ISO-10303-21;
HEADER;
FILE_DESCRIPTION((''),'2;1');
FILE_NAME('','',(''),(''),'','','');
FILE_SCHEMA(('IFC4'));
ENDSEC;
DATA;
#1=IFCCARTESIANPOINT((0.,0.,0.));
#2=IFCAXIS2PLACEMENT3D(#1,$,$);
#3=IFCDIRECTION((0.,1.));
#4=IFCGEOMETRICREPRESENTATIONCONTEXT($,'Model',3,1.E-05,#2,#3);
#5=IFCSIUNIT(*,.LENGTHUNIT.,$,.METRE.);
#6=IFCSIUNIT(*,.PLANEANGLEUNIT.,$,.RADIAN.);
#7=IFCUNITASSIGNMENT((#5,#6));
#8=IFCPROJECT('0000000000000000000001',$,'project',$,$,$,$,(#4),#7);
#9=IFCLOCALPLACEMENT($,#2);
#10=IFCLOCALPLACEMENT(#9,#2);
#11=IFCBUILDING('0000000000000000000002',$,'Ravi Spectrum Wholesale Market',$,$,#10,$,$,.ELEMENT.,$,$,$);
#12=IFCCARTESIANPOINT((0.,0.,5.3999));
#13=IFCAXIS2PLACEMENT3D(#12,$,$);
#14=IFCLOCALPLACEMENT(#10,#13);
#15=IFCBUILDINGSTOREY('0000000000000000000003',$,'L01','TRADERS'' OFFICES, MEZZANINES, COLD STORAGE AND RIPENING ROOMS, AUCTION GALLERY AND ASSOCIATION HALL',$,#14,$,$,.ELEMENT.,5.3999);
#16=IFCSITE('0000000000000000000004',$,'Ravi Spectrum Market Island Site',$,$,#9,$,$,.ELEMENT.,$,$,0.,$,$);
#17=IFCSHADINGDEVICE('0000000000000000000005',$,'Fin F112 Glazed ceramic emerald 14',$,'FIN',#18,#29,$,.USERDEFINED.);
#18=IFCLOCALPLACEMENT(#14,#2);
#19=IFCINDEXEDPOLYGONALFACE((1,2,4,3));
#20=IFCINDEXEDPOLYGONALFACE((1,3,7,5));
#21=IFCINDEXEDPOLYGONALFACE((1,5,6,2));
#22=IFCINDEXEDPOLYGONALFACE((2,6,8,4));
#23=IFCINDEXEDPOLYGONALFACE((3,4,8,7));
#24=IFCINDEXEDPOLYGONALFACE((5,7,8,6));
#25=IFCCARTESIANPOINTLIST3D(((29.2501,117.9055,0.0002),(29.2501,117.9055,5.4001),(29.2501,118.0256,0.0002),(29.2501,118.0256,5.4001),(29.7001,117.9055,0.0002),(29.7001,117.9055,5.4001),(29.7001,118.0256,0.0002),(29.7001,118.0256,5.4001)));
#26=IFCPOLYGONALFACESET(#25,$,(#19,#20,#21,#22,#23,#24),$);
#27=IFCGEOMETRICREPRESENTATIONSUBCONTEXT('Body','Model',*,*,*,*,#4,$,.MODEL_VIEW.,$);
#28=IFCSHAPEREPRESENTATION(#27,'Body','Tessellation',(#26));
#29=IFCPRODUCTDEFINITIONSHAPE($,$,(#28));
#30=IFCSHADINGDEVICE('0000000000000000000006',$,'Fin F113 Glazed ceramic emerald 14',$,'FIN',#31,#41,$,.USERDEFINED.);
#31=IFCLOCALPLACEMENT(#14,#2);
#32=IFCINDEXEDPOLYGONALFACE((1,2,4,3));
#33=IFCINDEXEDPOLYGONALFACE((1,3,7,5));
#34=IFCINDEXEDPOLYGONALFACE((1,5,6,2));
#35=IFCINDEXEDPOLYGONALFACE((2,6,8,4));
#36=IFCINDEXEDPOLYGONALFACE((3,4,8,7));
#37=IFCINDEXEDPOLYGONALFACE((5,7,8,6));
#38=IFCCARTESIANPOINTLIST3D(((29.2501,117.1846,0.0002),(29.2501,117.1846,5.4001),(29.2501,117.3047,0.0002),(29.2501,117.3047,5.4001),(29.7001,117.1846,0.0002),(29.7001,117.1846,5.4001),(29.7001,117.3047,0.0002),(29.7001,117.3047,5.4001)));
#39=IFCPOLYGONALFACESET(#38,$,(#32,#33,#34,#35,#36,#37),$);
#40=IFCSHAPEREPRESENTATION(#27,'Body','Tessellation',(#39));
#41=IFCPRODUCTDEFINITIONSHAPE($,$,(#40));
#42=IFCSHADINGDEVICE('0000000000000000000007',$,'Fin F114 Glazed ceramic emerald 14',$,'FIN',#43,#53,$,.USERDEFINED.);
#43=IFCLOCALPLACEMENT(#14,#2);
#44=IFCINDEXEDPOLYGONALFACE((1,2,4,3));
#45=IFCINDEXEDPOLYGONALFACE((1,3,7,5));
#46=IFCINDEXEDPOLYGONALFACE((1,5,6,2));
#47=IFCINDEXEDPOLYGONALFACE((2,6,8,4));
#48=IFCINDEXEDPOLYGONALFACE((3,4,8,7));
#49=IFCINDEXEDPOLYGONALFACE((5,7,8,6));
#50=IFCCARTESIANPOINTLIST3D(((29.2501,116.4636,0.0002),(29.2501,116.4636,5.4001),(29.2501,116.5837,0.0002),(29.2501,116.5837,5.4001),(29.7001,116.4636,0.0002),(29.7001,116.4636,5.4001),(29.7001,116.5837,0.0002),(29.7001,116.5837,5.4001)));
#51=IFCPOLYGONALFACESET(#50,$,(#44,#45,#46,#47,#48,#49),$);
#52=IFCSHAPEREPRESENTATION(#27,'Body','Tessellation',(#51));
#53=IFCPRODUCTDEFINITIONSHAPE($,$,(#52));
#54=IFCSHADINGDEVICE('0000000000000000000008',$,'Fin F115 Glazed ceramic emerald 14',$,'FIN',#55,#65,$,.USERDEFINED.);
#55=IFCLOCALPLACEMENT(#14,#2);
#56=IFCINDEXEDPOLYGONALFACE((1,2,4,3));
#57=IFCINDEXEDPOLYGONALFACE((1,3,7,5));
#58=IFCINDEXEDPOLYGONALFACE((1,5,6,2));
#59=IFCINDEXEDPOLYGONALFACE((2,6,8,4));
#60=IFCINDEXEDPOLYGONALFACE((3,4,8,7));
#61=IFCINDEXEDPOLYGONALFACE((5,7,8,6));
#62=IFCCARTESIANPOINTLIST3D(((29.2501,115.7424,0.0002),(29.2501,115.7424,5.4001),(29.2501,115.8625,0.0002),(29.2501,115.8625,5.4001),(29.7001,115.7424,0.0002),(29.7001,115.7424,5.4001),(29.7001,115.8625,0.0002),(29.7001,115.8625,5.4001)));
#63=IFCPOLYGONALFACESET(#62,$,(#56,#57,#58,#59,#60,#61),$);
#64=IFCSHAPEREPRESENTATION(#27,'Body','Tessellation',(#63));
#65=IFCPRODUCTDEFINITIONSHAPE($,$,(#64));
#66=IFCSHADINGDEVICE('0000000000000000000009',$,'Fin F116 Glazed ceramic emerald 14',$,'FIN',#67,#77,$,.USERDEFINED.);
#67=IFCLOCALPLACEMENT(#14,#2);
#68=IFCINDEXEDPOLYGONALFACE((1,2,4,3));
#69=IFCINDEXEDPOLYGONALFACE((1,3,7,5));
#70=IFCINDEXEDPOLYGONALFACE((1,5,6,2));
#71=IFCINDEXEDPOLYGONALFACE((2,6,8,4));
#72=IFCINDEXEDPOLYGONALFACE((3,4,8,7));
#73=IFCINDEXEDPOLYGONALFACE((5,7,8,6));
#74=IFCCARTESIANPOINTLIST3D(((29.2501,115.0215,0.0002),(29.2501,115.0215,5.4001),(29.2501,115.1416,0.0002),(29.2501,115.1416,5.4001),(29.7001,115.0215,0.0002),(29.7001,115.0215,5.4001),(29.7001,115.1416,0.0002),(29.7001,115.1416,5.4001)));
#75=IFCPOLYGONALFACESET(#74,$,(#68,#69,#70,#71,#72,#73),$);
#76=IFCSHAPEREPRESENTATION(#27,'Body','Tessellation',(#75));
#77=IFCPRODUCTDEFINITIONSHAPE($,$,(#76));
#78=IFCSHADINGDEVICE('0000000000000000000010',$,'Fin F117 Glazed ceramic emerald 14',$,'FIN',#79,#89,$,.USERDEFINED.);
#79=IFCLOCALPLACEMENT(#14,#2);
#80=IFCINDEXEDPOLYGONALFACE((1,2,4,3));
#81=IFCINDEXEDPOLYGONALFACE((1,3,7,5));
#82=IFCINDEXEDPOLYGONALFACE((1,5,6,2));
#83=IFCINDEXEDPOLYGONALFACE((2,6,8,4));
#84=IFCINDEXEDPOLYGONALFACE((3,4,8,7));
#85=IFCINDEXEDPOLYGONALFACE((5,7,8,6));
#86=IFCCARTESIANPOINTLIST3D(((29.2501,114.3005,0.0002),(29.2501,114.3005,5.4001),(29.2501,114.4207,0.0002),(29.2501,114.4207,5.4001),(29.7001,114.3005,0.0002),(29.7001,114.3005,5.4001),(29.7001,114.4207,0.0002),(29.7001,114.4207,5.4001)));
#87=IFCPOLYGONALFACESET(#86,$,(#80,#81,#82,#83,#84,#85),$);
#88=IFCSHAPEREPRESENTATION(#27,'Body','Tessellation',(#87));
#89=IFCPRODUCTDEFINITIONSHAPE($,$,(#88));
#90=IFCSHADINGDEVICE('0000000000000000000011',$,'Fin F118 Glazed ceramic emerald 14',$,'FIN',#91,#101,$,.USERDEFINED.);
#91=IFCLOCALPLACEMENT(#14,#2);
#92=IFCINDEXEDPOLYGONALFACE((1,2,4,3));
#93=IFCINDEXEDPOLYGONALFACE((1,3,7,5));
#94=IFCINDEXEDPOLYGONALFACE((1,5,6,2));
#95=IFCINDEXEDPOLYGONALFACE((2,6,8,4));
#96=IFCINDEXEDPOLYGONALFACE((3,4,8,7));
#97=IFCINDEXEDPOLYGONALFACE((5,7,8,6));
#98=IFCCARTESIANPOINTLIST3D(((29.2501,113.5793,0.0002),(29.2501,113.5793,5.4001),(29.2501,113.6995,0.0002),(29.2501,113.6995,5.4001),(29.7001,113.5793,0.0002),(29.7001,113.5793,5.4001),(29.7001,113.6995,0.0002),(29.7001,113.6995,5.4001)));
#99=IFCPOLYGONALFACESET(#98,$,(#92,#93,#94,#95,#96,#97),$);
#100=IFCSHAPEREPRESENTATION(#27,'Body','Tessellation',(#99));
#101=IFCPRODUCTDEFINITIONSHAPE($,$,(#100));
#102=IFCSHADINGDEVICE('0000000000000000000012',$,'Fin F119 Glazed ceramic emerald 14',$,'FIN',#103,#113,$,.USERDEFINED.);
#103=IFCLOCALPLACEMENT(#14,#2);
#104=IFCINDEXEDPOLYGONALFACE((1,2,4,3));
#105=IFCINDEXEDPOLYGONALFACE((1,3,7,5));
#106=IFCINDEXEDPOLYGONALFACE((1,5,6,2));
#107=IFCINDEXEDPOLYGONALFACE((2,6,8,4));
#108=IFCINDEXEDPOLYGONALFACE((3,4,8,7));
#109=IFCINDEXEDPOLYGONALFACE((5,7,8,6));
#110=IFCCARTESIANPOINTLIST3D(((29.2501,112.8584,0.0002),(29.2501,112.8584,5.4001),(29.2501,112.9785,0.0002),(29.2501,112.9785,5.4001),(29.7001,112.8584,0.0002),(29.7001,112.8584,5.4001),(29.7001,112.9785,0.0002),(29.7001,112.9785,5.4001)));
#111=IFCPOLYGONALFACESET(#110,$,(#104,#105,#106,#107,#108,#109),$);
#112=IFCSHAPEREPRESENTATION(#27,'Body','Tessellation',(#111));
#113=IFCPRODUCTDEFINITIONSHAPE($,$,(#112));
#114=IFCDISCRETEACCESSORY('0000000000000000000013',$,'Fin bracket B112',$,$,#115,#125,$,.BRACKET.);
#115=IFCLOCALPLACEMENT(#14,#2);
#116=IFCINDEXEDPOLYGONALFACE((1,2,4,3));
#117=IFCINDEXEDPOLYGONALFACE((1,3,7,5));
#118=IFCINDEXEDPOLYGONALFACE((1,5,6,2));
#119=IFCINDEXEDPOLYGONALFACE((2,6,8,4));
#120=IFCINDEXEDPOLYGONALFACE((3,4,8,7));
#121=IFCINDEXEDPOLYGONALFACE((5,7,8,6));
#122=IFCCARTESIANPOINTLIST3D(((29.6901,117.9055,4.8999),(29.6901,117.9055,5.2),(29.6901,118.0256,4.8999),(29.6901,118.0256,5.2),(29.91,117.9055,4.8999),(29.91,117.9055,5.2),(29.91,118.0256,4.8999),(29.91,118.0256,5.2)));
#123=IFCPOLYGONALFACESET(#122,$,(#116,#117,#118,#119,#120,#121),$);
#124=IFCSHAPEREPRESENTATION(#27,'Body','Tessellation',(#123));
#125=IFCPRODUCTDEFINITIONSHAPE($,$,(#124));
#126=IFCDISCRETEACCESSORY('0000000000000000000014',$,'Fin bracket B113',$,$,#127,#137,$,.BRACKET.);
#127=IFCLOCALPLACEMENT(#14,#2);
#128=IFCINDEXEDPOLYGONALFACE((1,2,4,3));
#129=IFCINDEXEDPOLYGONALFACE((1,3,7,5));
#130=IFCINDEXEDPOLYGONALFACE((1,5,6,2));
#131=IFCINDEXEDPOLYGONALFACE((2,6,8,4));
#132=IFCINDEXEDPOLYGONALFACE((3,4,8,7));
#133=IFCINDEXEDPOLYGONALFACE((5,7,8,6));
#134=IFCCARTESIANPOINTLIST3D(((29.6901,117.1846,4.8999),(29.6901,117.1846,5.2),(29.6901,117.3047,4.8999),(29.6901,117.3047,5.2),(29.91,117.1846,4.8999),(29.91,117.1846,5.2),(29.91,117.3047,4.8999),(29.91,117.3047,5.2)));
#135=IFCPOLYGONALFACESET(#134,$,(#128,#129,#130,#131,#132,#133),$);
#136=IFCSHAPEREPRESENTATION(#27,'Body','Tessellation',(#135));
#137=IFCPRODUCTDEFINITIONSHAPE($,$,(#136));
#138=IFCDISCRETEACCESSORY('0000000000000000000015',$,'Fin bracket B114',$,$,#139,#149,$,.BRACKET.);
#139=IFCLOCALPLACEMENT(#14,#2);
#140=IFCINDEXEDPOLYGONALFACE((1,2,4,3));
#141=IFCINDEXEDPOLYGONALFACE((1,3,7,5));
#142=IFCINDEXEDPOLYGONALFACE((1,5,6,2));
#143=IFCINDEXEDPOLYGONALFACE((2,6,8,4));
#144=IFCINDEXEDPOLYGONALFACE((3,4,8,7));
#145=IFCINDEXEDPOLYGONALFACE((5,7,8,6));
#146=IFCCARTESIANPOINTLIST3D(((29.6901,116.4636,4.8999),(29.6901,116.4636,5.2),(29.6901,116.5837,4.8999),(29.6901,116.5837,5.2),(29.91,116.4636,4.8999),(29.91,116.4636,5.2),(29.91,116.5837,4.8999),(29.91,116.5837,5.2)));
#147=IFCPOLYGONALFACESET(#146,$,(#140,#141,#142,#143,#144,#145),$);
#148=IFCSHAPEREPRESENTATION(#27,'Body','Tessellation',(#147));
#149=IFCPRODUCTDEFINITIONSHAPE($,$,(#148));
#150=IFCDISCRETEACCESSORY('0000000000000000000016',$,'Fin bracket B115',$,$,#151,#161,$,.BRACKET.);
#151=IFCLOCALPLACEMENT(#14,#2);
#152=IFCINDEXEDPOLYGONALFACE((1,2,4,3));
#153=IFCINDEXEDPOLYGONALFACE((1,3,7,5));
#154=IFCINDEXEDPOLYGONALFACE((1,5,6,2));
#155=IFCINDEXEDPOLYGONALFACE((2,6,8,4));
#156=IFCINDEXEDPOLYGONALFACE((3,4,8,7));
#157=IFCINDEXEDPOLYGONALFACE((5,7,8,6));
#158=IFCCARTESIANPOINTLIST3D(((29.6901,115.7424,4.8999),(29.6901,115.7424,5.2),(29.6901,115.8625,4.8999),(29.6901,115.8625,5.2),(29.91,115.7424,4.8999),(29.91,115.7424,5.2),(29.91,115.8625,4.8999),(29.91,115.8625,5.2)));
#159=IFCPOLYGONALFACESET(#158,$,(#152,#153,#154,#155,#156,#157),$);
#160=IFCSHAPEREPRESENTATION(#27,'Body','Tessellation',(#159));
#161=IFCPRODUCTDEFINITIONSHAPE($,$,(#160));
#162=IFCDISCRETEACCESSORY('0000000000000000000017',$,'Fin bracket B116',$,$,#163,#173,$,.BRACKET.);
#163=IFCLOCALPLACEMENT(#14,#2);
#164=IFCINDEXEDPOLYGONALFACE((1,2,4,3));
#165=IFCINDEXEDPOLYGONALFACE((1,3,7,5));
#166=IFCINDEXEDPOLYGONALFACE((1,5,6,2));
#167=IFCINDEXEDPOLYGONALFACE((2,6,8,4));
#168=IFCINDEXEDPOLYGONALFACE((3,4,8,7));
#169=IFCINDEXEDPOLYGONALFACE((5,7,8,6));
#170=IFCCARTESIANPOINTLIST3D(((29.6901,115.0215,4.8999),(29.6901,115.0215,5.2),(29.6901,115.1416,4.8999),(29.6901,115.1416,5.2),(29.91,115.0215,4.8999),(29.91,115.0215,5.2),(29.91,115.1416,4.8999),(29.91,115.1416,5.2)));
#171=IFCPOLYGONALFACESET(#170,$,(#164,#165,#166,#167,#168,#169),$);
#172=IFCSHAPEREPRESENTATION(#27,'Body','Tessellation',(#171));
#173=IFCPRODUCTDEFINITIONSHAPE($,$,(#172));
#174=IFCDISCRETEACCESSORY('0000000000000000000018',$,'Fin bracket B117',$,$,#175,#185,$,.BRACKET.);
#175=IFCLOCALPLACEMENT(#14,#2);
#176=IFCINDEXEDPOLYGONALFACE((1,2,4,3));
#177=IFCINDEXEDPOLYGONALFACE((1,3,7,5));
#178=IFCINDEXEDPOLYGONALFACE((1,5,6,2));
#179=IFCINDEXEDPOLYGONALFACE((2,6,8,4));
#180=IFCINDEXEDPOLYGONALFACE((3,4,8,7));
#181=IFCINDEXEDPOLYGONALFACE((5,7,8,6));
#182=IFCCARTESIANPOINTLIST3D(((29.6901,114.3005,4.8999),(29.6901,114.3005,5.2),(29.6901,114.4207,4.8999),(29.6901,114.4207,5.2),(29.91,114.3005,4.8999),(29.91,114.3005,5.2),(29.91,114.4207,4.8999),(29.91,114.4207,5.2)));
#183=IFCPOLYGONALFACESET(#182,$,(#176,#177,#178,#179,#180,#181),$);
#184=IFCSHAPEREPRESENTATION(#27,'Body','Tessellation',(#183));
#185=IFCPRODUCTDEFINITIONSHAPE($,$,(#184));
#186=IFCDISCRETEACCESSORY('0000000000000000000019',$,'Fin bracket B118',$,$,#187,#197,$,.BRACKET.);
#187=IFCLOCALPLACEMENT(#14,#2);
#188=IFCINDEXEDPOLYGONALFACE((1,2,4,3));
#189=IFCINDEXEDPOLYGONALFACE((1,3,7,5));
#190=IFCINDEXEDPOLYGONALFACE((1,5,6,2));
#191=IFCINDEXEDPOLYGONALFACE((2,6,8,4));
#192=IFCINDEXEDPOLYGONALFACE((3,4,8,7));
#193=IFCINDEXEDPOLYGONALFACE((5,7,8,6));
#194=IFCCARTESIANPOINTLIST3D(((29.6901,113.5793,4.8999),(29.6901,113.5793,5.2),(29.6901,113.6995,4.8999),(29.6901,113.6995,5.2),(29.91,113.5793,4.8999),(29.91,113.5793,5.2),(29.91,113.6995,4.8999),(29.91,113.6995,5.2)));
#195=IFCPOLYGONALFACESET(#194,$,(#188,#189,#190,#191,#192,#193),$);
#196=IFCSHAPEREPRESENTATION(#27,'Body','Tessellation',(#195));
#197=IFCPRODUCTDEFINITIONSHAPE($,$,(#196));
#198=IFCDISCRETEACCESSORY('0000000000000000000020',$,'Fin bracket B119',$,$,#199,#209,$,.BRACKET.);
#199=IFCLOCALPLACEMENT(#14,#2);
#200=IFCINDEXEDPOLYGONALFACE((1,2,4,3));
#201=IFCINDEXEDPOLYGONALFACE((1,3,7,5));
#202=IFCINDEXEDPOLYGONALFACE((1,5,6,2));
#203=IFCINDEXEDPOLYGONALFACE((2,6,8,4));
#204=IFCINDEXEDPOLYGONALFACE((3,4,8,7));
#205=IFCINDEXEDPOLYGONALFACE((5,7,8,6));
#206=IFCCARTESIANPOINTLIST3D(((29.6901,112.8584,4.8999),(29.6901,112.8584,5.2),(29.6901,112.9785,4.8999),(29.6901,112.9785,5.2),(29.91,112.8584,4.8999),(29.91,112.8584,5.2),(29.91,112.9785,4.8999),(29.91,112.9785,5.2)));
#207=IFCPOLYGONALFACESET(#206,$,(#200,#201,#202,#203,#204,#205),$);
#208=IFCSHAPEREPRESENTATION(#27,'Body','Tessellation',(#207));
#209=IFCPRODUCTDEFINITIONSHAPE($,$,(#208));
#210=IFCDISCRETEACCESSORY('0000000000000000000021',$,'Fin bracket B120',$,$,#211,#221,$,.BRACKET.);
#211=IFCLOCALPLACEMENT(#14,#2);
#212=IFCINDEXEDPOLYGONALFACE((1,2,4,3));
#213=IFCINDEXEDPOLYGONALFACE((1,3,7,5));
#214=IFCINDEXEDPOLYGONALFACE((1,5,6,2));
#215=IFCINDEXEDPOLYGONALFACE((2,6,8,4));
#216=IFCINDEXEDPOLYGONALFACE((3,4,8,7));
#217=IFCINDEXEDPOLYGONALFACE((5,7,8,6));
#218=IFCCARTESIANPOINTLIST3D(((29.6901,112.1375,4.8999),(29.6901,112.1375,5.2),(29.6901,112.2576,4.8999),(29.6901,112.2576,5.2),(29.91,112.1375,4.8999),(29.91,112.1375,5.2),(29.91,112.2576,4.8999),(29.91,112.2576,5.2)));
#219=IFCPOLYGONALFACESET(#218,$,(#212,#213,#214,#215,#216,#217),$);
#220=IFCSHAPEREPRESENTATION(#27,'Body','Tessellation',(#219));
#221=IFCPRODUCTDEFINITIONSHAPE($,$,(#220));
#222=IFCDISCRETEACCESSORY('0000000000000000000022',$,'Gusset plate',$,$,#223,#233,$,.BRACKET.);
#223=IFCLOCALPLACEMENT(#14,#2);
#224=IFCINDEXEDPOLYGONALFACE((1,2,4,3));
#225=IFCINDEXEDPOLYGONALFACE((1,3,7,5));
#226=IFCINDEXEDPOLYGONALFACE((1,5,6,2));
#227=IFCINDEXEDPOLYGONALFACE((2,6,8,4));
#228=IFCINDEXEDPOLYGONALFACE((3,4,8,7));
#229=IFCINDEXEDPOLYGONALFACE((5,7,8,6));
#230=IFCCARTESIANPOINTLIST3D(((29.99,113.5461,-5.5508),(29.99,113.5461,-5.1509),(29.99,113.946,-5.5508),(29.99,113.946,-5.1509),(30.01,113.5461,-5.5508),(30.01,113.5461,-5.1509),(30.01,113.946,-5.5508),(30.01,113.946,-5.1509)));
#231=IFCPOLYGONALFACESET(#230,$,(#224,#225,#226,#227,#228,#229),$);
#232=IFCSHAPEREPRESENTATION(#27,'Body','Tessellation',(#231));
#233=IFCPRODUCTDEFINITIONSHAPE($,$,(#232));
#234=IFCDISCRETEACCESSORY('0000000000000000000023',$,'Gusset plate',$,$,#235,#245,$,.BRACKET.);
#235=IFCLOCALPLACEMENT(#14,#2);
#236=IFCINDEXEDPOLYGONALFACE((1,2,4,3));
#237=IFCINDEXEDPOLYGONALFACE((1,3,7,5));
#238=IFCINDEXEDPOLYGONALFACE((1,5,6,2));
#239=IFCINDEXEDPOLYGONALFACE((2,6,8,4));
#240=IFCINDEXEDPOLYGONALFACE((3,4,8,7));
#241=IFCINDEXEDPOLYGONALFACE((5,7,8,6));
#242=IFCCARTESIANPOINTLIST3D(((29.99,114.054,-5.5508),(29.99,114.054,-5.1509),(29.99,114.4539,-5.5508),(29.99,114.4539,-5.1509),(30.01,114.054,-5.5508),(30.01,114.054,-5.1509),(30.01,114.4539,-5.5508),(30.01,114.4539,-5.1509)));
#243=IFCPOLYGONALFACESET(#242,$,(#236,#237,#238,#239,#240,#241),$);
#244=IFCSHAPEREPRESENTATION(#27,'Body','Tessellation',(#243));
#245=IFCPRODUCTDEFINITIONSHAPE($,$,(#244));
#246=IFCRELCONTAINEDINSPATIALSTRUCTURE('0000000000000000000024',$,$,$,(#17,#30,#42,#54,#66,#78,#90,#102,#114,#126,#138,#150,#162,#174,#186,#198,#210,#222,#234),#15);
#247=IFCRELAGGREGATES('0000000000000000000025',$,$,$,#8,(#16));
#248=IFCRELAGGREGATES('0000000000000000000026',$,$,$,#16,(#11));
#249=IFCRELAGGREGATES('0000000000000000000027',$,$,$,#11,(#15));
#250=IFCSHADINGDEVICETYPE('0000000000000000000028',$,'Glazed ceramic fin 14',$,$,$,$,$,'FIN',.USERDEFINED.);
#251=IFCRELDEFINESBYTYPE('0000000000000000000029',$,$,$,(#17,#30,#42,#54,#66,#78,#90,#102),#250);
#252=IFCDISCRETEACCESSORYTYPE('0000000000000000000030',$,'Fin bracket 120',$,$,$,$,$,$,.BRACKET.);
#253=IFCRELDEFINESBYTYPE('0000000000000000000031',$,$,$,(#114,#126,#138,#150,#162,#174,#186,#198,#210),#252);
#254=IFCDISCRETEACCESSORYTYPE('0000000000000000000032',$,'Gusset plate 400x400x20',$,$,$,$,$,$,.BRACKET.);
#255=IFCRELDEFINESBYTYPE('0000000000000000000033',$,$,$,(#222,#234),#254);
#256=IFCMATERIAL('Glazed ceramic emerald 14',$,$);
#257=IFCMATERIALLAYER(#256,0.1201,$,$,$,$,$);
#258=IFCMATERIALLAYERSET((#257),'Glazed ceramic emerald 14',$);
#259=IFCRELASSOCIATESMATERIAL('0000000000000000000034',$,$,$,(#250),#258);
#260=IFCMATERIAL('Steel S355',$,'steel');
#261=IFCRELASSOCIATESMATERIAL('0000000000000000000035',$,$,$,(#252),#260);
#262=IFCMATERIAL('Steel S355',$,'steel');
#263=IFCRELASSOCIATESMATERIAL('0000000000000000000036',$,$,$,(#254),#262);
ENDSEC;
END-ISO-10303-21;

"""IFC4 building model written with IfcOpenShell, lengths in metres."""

from ifc_helpers import new_model, si_unit, direction, frame, origin, origin_2d, place, context, subcontext, project, spatial, rectangle, extrude, material, layer, layer_set, material_profile, profile_set, type_object, element, save


model = new_model("IFC4")

# Units and contexts
model_context = context("Model", 3, precision=1e-05, world=origin(), true_north=direction((0.0, 1.0)))
body_context = subcontext(model_context, "Body", "Model", "MODEL_VIEW")
ifc_project = project(units=[si_unit("LENGTHUNIT", "METRE"), si_unit("PLANEANGLEUNIT", "RADIAN")], contexts=[model_context])

# Site, building, storey
site_placement = place(None, origin())
site = spatial("IfcSite", under=ifc_project, at=site_placement, Name="Ravi Spectrum Market Island Site", CompositionType="ELEMENT", RefElevation=0.0)
building_placement = place(site_placement, origin())
building = spatial("IfcBuilding", under=site, at=building_placement, Name="Ravi Spectrum Wholesale Market", CompositionType="ELEMENT")
storey_placement = place(building_placement, frame((0.0, 0.0, 5.3999)))
storey = spatial("IfcBuildingStorey", under=building, at=storey_placement, Name="L01", Description="TRADERS' OFFICES, MEZZANINES, COLD STORAGE AND RIPENING ROOMS, AUCTION GALLERY AND ASSOCIATION HALL", CompositionType="ELEMENT", Elevation=5.3999)

# Shading devices
ifc_material_1 = material(Name="Glazed ceramic emerald 14")
ifc_layer = layer(ifc_material_1, 0.1201)
ifc_layer_set = layer_set([ifc_layer], Name="Glazed ceramic emerald 14")
shading_device_type = type_object("IfcShadingDeviceType", Name="Glazed ceramic fin 14", ElementType="FIN", PredefinedType="USERDEFINED", material=ifc_layer_set)
for number, where, z_axis, x_axis, name in (
    (1, (29.4751, 117.9656, 0.0002), (0.0, 0.0, 1.0), (0.0, -1.0, 0.0), "Fin F112 Glazed ceramic emerald 14"),
    (2, (29.4751, 117.2446, 0.0002), (0.0, 0.0, 1.0), (0.0, -1.0, 0.0), "Fin F113 Glazed ceramic emerald 14"),
    (3, (29.4751, 116.5237, 0.0002), (0.0, 0.0, 1.0), (0.0, -1.0, 0.0), "Fin F114 Glazed ceramic emerald 14"),
    (4, (29.4751, 115.8025, 0.0002), (0.0, 0.0, 1.0), (0.0, -1.0, 0.0), "Fin F115 Glazed ceramic emerald 14"),
    (5, (29.4751, 115.0815, 0.0002), (0.0, 0.0, 1.0), (0.0, -1.0, 0.0), "Fin F116 Glazed ceramic emerald 14"),
    (6, (29.4751, 114.3606, 0.0002), (0.0, 0.0, 1.0), (0.0, -1.0, 0.0), "Fin F117 Glazed ceramic emerald 14"),
    (7, (29.4751, 113.6394, 0.0002), (0.0, 0.0, 1.0), (0.0, -1.0, 0.0), "Fin F118 Glazed ceramic emerald 14"),
    (8, (29.4751, 112.9185, 0.0002), (0.0, 0.0, 1.0), (0.0, -1.0, 0.0), "Fin F119 Glazed ceramic emerald 14"),
):
    element("IfcShadingDevice", number, at=place(storey_placement, frame(where, z_axis=z_axis, x_axis=x_axis)), inside=storey, type_object=shading_device_type, Name=name, ObjectType="FIN", PredefinedType="USERDEFINED", context=body_context, shape_type="SweptSolid", body=[
        extrude(rectangle(XDim=0.1201, YDim=0.45, at=origin_2d()), origin(), (0.0, 0.0, 1.0), 5.3999),
    ])

# Discrete accessories
ifc_material_2 = material(Name="Steel S355", Category="steel")
discrete_accessory_type_1 = type_object("IfcDiscreteAccessoryType", Name="Fin bracket 120", PredefinedType="BRACKET", material=ifc_material_2)
for number, where, z_axis, x_axis, name in (
    (9, (29.8, 117.9656, 4.8999), (0.0, 0.0, 1.0), (0.0, -1.0, 0.0), "Fin bracket B112"),
    (10, (29.8, 117.2446, 4.8999), (0.0, 0.0, 1.0), (0.0, -1.0, 0.0), "Fin bracket B113"),
    (11, (29.8, 116.5237, 4.8999), (0.0, 0.0, 1.0), (0.0, -1.0, 0.0), "Fin bracket B114"),
    (12, (29.8, 115.8025, 4.8999), (0.0, 0.0, 1.0), (0.0, -1.0, 0.0), "Fin bracket B115"),
    (13, (29.8, 115.0815, 4.8999), (0.0, 0.0, 1.0), (0.0, -1.0, 0.0), "Fin bracket B116"),
    (14, (29.8, 114.3606, 4.8999), (0.0, 0.0, 1.0), (0.0, -1.0, 0.0), "Fin bracket B117"),
    (15, (29.8, 113.6394, 4.8999), (0.0, 0.0, 1.0), (0.0, -1.0, 0.0), "Fin bracket B118"),
    (16, (29.8, 112.9185, 4.8999), (0.0, 0.0, 1.0), (0.0, -1.0, 0.0), "Fin bracket B119"),
    (17, (29.8, 112.1975, 4.8999), (0.0, 0.0, 1.0), (0.0, -1.0, 0.0), "Fin bracket B120"),
):
    element("IfcDiscreteAccessory", number, at=place(storey_placement, frame(where, z_axis=z_axis, x_axis=x_axis)), inside=storey, type_object=discrete_accessory_type_1, Name=name, PredefinedType="BRACKET", context=body_context, shape_type="SweptSolid", body=[
        extrude(rectangle(XDim=0.1201, YDim=0.22, at=origin_2d()), origin(), (0.0, 0.0, 1.0), 0.3),
    ])
ifc_material_3 = material(Name="Steel S355", Category="steel")
ifc_material_profile_1 = material_profile(ifc_material_3, rectangle(XDim=0.3999, YDim=0.02, at=origin_2d()))
ifc_profile_set_1 = profile_set([ifc_material_profile_1], Name="Steel S355")
discrete_accessory_type_2 = type_object("IfcDiscreteAccessoryType", Name="Gusset plate 400x400x20", PredefinedType="BRACKET", material=ifc_profile_set_1)
for number, where, z_axis, x_axis, name in (
    (18, (30.0, 113.7461, -5.5508), (0.0, 0.0, 1.0), (0.0, -1.0, 0.0), "Gusset plate"),
    (19, (30.0, 114.2539, -5.5508), (0.0, 0.0, 1.0), (0.0, 1.0, 0.0), "Gusset plate"),
):
    element("IfcDiscreteAccessory", number, at=place(storey_placement, frame(where, z_axis=z_axis, x_axis=x_axis)), inside=storey, type_object=discrete_accessory_type_2, Name=name, PredefinedType="BRACKET", context=body_context, shape_type="SweptSolid", body=[
        extrude(rectangle(XDim=0.3999, YDim=0.02, at=origin_2d()), origin(), (0.0, 0.0, 1.0), 0.3999),
    ])

save(model, "model.ifc")
